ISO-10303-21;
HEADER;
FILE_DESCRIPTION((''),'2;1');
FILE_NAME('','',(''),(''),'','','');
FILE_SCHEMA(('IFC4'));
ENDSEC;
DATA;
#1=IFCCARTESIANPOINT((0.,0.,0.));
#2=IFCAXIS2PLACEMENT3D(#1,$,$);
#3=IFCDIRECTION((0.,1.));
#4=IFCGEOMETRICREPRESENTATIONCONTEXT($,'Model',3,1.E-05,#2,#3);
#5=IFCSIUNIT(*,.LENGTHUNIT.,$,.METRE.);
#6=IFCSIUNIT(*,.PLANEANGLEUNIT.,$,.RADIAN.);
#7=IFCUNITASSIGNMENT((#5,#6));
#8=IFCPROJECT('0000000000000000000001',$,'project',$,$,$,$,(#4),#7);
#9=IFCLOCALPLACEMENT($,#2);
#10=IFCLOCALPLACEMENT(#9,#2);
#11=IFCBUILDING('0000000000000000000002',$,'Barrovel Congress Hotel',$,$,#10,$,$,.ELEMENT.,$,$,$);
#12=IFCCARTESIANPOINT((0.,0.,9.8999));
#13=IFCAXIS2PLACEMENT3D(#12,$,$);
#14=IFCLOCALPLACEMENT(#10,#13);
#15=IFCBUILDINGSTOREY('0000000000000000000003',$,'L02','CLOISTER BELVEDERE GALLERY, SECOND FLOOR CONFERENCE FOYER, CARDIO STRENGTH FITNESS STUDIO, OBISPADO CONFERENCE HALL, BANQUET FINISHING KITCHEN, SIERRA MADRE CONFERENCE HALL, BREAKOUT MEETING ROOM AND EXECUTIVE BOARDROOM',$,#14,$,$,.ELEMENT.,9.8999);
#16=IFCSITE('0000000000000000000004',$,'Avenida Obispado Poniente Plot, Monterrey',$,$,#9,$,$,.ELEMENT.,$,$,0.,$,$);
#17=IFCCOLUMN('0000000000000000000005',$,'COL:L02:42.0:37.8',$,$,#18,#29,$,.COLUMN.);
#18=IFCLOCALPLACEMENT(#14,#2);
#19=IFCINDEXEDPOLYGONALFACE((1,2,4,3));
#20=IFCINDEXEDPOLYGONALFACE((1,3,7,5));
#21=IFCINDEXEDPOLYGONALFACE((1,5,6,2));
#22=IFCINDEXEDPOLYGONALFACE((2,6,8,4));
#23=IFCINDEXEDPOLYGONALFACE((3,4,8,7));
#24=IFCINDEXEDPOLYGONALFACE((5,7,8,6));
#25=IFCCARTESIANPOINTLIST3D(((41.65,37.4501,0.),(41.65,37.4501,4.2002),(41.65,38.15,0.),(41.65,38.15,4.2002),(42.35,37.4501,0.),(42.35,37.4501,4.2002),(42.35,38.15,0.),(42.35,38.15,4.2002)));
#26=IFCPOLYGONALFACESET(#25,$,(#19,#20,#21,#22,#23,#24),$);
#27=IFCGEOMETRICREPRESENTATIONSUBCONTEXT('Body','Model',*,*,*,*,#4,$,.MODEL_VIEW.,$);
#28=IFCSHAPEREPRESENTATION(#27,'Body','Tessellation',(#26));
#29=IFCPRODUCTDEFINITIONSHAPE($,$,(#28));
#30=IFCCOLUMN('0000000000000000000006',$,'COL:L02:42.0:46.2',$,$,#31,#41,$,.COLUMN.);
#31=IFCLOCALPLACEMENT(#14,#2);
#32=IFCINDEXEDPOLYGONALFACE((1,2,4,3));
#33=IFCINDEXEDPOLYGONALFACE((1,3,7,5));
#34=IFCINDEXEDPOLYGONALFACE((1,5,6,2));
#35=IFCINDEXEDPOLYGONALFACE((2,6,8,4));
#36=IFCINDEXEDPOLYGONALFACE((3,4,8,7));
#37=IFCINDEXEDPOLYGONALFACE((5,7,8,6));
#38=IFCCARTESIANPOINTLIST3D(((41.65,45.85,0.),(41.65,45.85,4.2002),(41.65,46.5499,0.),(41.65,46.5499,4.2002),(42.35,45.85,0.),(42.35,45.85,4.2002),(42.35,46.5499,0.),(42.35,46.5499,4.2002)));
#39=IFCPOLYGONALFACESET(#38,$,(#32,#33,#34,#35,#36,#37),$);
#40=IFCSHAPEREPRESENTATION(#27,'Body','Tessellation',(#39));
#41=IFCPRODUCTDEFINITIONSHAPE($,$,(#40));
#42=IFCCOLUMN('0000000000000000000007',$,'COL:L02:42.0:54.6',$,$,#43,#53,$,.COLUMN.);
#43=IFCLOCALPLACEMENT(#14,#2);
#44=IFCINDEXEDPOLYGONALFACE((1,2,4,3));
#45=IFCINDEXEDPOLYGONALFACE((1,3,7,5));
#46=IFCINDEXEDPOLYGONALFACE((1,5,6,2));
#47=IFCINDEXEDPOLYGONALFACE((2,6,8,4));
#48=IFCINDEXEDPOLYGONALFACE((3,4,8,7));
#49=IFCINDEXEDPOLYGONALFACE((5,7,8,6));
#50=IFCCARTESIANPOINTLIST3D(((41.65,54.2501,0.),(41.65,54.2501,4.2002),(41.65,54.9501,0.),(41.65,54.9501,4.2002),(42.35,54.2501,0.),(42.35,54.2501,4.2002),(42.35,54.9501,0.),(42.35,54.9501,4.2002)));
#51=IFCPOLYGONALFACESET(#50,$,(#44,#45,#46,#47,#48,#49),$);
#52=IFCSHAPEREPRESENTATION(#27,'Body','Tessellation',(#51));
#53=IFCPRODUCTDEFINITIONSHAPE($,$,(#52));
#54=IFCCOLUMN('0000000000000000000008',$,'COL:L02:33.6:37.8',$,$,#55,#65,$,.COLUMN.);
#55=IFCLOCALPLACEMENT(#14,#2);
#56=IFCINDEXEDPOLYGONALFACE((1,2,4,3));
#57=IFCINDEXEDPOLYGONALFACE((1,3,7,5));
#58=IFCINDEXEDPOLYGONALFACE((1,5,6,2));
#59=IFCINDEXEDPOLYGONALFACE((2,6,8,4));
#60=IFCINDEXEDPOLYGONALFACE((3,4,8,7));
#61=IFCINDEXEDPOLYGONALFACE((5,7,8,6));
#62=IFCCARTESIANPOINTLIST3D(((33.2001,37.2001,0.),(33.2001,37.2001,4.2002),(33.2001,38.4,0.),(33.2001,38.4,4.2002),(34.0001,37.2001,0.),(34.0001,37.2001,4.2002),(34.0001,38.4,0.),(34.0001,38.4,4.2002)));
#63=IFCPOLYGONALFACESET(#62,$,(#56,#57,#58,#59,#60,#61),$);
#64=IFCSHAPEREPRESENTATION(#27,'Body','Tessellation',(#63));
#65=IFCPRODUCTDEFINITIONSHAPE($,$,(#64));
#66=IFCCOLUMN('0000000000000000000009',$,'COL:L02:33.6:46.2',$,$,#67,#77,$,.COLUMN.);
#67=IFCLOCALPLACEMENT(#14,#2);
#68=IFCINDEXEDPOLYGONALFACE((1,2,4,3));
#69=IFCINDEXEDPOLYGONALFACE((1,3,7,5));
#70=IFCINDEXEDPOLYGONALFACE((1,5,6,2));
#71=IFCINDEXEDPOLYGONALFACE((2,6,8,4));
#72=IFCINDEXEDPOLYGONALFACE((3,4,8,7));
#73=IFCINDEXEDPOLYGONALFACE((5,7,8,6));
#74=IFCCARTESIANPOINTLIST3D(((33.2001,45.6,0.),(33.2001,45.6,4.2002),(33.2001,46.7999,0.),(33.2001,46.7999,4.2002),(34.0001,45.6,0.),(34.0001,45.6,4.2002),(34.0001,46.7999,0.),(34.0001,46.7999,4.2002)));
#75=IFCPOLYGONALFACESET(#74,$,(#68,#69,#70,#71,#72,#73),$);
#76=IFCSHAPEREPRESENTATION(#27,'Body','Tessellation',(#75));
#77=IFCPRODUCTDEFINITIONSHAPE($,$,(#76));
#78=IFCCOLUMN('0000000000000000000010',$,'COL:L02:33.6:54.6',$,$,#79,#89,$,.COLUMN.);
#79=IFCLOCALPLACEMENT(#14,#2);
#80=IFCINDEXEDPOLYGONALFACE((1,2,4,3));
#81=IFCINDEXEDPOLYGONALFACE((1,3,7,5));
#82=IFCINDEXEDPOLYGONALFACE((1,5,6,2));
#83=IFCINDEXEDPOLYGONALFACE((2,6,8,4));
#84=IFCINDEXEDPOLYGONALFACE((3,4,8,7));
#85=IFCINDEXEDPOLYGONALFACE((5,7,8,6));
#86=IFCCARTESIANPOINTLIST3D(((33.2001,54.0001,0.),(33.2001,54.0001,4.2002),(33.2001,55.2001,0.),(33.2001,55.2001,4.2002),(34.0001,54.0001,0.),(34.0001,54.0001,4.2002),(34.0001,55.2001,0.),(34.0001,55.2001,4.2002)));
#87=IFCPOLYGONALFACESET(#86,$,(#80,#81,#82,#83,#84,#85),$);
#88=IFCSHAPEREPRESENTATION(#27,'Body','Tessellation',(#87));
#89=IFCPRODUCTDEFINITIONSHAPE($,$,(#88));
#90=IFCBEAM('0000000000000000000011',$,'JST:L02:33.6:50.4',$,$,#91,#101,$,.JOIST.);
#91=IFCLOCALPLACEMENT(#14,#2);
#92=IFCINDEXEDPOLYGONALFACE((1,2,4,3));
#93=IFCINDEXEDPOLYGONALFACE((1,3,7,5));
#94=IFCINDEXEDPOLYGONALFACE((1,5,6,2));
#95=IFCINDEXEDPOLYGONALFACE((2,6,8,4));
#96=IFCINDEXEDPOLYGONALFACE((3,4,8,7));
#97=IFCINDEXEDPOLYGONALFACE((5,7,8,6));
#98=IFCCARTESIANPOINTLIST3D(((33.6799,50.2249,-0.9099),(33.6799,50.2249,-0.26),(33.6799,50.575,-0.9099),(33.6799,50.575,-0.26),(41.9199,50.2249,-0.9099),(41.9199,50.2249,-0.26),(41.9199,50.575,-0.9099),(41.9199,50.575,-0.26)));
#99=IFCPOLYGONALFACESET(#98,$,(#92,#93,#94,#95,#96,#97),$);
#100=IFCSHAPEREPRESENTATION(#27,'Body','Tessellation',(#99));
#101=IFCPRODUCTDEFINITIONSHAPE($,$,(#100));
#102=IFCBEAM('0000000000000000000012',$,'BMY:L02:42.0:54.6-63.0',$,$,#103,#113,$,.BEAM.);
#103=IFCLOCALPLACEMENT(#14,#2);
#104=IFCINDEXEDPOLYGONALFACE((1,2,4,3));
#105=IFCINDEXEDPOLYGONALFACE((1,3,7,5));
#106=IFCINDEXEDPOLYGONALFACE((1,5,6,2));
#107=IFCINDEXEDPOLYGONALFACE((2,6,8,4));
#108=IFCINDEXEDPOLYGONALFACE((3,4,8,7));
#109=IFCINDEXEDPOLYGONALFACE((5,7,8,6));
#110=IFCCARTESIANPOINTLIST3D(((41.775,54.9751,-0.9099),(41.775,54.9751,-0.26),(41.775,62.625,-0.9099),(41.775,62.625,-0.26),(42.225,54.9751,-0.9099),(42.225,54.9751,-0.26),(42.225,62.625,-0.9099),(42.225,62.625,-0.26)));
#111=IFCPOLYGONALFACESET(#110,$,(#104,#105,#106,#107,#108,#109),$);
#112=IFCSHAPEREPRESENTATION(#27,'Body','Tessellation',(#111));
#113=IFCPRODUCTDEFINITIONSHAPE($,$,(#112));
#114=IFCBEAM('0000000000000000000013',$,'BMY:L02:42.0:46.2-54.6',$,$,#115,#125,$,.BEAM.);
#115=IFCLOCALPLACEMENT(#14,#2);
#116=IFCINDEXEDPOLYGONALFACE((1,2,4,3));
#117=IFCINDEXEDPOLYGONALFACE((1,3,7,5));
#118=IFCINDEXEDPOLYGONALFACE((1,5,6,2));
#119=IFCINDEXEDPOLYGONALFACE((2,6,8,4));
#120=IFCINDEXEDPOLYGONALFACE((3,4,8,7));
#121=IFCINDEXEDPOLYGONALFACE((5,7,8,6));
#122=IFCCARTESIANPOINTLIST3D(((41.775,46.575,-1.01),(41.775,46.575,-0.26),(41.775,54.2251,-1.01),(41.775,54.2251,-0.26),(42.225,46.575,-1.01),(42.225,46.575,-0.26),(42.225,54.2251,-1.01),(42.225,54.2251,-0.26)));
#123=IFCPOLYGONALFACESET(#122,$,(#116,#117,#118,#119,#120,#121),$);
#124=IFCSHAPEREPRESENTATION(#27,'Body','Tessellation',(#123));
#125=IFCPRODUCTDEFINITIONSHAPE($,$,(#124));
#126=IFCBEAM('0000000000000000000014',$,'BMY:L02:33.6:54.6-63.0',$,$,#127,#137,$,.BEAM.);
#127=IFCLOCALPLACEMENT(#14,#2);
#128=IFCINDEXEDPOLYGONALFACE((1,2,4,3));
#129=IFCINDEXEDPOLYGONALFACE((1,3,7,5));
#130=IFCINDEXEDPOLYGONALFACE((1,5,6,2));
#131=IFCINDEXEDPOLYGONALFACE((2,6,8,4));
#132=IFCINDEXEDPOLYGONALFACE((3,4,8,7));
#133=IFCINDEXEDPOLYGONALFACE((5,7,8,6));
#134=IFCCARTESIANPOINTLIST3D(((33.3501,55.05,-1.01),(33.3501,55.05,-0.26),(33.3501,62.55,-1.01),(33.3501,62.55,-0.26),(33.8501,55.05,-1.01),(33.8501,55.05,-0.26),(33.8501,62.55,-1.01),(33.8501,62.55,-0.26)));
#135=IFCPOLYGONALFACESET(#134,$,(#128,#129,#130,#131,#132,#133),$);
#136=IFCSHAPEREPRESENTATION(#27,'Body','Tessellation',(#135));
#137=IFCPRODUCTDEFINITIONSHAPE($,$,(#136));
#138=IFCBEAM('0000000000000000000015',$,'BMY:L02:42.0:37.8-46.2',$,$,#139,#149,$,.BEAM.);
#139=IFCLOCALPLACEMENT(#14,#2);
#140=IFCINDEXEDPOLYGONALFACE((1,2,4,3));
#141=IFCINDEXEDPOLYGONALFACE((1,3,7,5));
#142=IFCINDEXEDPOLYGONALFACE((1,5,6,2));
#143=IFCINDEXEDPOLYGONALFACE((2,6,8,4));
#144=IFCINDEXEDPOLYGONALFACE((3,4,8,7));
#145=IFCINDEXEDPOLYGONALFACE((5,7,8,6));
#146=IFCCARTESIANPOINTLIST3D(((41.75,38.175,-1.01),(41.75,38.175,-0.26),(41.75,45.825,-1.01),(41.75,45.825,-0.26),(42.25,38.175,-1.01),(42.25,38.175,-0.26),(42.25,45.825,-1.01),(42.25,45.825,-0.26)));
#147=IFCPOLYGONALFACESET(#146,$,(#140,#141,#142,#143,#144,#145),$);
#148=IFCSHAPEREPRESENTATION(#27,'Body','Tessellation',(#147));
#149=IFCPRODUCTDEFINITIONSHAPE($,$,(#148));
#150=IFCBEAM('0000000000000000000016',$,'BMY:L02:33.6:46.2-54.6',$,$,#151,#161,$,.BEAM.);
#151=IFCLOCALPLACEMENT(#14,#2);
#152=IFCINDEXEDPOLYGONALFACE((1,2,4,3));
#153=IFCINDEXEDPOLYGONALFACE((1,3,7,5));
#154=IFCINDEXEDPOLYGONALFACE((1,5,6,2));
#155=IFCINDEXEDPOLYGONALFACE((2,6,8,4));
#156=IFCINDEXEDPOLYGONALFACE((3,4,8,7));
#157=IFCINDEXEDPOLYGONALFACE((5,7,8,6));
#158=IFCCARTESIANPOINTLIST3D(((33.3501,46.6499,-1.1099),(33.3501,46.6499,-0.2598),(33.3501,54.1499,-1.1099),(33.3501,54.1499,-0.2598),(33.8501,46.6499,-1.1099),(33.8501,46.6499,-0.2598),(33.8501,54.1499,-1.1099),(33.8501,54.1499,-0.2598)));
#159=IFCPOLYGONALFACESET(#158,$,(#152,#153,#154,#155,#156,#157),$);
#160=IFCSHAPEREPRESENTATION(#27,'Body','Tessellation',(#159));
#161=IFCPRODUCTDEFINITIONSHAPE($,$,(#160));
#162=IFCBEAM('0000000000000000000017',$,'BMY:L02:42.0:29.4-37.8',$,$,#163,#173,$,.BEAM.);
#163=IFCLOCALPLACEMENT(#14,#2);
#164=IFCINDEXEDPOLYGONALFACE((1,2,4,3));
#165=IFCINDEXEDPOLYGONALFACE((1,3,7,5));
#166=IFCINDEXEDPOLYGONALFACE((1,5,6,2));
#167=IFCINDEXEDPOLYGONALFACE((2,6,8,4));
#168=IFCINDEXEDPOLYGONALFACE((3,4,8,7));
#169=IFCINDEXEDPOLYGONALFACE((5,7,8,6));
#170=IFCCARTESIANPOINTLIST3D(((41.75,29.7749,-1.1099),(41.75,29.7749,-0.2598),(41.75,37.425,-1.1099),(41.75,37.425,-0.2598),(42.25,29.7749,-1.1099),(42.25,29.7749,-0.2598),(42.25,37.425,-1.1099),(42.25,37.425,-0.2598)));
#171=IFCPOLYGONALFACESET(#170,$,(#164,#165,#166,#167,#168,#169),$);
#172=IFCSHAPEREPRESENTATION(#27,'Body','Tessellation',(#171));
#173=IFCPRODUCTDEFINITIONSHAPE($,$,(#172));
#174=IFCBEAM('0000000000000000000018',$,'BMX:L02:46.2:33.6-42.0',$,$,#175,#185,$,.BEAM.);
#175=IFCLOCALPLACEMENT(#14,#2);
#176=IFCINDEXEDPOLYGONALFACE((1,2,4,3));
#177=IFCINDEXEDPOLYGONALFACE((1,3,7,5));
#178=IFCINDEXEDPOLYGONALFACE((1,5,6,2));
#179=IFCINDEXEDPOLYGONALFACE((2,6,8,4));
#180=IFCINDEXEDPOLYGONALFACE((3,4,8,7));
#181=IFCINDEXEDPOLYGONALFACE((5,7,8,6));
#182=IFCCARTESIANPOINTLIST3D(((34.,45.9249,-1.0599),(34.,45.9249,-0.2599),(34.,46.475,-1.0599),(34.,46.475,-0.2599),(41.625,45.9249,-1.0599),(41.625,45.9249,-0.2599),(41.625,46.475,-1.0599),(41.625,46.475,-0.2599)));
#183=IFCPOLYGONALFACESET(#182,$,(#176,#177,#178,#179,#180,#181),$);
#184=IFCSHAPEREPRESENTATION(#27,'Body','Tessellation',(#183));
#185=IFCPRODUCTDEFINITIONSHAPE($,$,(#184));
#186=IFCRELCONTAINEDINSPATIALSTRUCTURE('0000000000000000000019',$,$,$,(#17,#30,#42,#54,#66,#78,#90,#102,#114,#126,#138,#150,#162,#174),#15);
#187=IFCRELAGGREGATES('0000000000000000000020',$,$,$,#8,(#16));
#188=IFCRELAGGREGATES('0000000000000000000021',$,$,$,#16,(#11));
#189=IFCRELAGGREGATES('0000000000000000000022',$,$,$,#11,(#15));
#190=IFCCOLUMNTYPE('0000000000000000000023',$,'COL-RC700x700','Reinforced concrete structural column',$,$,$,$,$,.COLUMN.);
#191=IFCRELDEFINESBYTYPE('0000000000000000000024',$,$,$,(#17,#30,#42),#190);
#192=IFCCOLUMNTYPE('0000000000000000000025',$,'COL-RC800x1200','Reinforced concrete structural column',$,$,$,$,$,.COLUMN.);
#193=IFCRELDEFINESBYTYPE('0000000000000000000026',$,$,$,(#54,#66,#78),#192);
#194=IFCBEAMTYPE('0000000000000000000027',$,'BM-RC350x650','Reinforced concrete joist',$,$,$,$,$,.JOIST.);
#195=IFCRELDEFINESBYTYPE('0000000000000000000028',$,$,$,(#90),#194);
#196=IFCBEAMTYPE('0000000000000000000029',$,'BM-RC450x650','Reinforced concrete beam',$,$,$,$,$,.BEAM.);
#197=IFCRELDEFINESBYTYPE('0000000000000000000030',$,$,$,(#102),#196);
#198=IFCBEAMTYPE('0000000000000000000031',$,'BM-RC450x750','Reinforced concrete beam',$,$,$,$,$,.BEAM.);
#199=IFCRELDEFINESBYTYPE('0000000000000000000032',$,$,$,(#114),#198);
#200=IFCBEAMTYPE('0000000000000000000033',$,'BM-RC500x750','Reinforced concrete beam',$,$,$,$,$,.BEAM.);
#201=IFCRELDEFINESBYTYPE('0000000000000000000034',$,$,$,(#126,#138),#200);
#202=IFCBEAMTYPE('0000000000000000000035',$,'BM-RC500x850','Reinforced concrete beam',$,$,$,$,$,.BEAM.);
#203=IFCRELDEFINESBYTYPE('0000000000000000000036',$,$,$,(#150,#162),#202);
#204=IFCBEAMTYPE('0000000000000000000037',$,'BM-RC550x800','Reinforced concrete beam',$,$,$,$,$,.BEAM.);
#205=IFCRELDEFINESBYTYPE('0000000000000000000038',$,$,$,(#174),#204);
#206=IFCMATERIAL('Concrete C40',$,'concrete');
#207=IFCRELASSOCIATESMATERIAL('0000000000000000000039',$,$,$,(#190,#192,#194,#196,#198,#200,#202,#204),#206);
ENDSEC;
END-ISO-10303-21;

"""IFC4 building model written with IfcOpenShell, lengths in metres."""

from ifc_helpers import new_model, si_unit, direction, frame, origin, origin_2d, place, context, subcontext, project, spatial, rectangle, extrude, material, material_profile, profile_set, type_object, element, save


model = new_model("IFC4")

# Units and contexts
model_context = context("Model", 3, precision=1e-05, world=origin(), true_north=direction((0.0, 1.0)))
body_context = subcontext(model_context, "Body", "Model", "MODEL_VIEW")
ifc_project = project(units=[si_unit("LENGTHUNIT", "METRE"), si_unit("PLANEANGLEUNIT", "RADIAN")], contexts=[model_context])

# Site, building, storey
site_placement = place(None, origin())
site = spatial("IfcSite", under=ifc_project, at=site_placement, Name="Avenida Obispado Poniente Plot, Monterrey", CompositionType="ELEMENT", RefElevation=0.0)
building_placement = place(site_placement, origin())
building = spatial("IfcBuilding", under=site, at=building_placement, Name="Barrovel Congress Hotel", CompositionType="ELEMENT")
storey_placement = place(building_placement, frame((0.0, 0.0, 9.8999)))
storey = spatial("IfcBuildingStorey", under=building, at=storey_placement, Name="L02", Description="CLOISTER BELVEDERE GALLERY, SECOND FLOOR CONFERENCE FOYER, CARDIO STRENGTH FITNESS STUDIO, OBISPADO CONFERENCE HALL, BANQUET FINISHING KITCHEN, SIERRA MADRE CONFERENCE HALL, BREAKOUT MEETING ROOM AND EXECUTIVE BOARDROOM", CompositionType="ELEMENT", Elevation=9.8999)

# Columns
ifc_material_1 = material(Name="Concrete C40", Category="concrete")
ifc_material_profile_1 = material_profile(ifc_material_1, rectangle(XDim=0.7, YDim=0.7, at=origin_2d()), Name="RC700x700")
ifc_profile_set_1 = profile_set([ifc_material_profile_1], Name="Concrete C40")
column_type_1 = type_object("IfcColumnType", Name="COL-RC700x700", Description="Reinforced concrete structural column", PredefinedType="COLUMN", material=ifc_profile_set_1)
for number, where, z_axis, x_axis, name in (
    (1, (42.0, 37.8, 0.0), (0.0, 0.0, 1.0), (1.0, 0.0, 0.0), "COL:L02:42.0:37.8"),
    (2, (42.0, 46.2, 0.0), (0.0, 0.0, 1.0), (1.0, 0.0, 0.0), "COL:L02:42.0:46.2"),
    (3, (42.0, 54.6001, 0.0), (0.0, 0.0, 1.0), (1.0, 0.0, 0.0), "COL:L02:42.0:54.6"),
):
    element("IfcColumn", number, at=place(storey_placement, frame(where, z_axis=z_axis, x_axis=x_axis)), inside=storey, type_object=column_type_1, Name=name, PredefinedType="COLUMN", context=body_context, shape_type="SweptSolid", body=[
        extrude(rectangle(XDim=0.7, YDim=0.7, at=origin_2d()), origin(), (0.0, 0.0, 1.0), 4.2002),
    ])
ifc_material_profile_2 = material_profile(ifc_material_1, rectangle(XDim=0.8, YDim=1.2, at=origin_2d()), Name="RC800x1200")
ifc_profile_set_2 = profile_set([ifc_material_profile_2], Name="Concrete C40")
column_type_2 = type_object("IfcColumnType", Name="COL-RC800x1200", Description="Reinforced concrete structural column", PredefinedType="COLUMN", material=ifc_profile_set_2)
for number, where, z_axis, x_axis, name in (
    (4, (33.6001, 37.8, 0.0), (0.0, 0.0, 1.0), (1.0, 0.0, 0.0), "COL:L02:33.6:37.8"),
    (5, (33.6001, 46.2, 0.0), (0.0, 0.0, 1.0), (1.0, 0.0, 0.0), "COL:L02:33.6:46.2"),
    (6, (33.6001, 54.6001, 0.0), (0.0, 0.0, 1.0), (1.0, 0.0, 0.0), "COL:L02:33.6:54.6"),
):
    element("IfcColumn", number, at=place(storey_placement, frame(where, z_axis=z_axis, x_axis=x_axis)), inside=storey, type_object=column_type_2, Name=name, PredefinedType="COLUMN", context=body_context, shape_type="SweptSolid", body=[
        extrude(rectangle(XDim=0.8, YDim=1.2, at=origin_2d()), origin(), (0.0, 0.0, 1.0), 4.2002),
    ])

# Beams
ifc_material_profile_3 = material_profile(ifc_material_1, rectangle(XDim=0.3501, YDim=0.6499, at=origin_2d()), Name="RC350x650")
ifc_profile_set_3 = profile_set([ifc_material_profile_3], Name="Concrete C40")
beam_type_1 = type_object("IfcBeamType", Name="BM-RC350x650", Description="Reinforced concrete joist", PredefinedType="JOIST", material=ifc_profile_set_3)
beam_1_placement = place(storey_placement, frame((33.6799, 50.3999, -0.585), z_axis=(1.0, 0.0, 0.0), x_axis=(0.0, 1.0, 0.0)))
element("IfcBeam", 7, at=beam_1_placement, inside=storey, type_object=beam_type_1, Name="JST:L02:33.6:50.4", PredefinedType="JOIST", context=body_context, shape_type="SweptSolid", body=[
    extrude(rectangle(XDim=0.3501, YDim=0.6499, at=origin_2d()), origin(), (0.0, 0.0, 1.0), 8.24),
])
ifc_material_profile_4 = material_profile(ifc_material_1, rectangle(XDim=0.45, YDim=0.6499, at=origin_2d()), Name="RC450x650")
ifc_profile_set_4 = profile_set([ifc_material_profile_4], Name="Concrete C40")
beam_type_2 = type_object("IfcBeamType", Name="BM-RC450x650", Description="Reinforced concrete beam", PredefinedType="BEAM", material=ifc_profile_set_4)
beam_2_placement = place(storey_placement, frame((42.0, 54.9751, -0.585), z_axis=(0.0, 1.0, 0.0), x_axis=(-1.0, 0.0, 0.0)))
element("IfcBeam", 8, at=beam_2_placement, inside=storey, type_object=beam_type_2, Name="BMY:L02:42.0:54.6-63.0", PredefinedType="BEAM", context=body_context, shape_type="SweptSolid", body=[
    extrude(rectangle(XDim=0.45, YDim=0.6499, at=origin_2d()), origin(), (0.0, 0.0, 1.0), 7.6499),
])
ifc_material_profile_5 = material_profile(ifc_material_1, rectangle(XDim=0.45, YDim=0.75, at=origin_2d()), Name="RC450x750")
ifc_profile_set_5 = profile_set([ifc_material_profile_5], Name="Concrete C40")
beam_type_3 = type_object("IfcBeamType", Name="BM-RC450x750", Description="Reinforced concrete beam", PredefinedType="BEAM", material=ifc_profile_set_5)
beam_3_placement = place(storey_placement, frame((42.0, 46.575, -0.635), z_axis=(0.0, 1.0, 0.0), x_axis=(-1.0, 0.0, 0.0)))
element("IfcBeam", 9, at=beam_3_placement, inside=storey, type_object=beam_type_3, Name="BMY:L02:42.0:46.2-54.6", PredefinedType="BEAM", context=body_context, shape_type="SweptSolid", body=[
    extrude(rectangle(XDim=0.45, YDim=0.75, at=origin_2d()), origin(), (0.0, 0.0, 1.0), 7.6501),
])
ifc_material_profile_6 = material_profile(ifc_material_1, rectangle(XDim=0.5, YDim=0.75, at=origin_2d()), Name="RC500x750")
ifc_profile_set_6 = profile_set([ifc_material_profile_6], Name="Concrete C40")
beam_type_4 = type_object("IfcBeamType", Name="BM-RC500x750", Description="Reinforced concrete beam", PredefinedType="BEAM", material=ifc_profile_set_6)
beam_4_placement = place(storey_placement, frame((33.6001, 55.05, -0.635), z_axis=(0.0, 1.0, 0.0), x_axis=(-1.0, 0.0, 0.0)))
element("IfcBeam", 10, at=beam_4_placement, inside=storey, type_object=beam_type_4, Name="BMY:L02:33.6:54.6-63.0", PredefinedType="BEAM", context=body_context, shape_type="SweptSolid", body=[
    extrude(rectangle(XDim=0.5, YDim=0.75, at=origin_2d()), origin(), (0.0, 0.0, 1.0), 7.5),
])
beam_5_placement = place(storey_placement, frame((42.0, 38.175, -0.635), z_axis=(0.0, 1.0, 0.0), x_axis=(-1.0, 0.0, 0.0)))
element("IfcBeam", 11, at=beam_5_placement, inside=storey, type_object=beam_type_4, Name="BMY:L02:42.0:37.8-46.2", PredefinedType="BEAM", context=body_context, shape_type="SweptSolid", body=[
    extrude(rectangle(XDim=0.5, YDim=0.75, at=origin_2d()), origin(), (0.0, 0.0, 1.0), 7.6499),
])
ifc_material_profile_7 = material_profile(ifc_material_1, rectangle(XDim=0.5, YDim=0.8501, at=origin_2d()), Name="RC500x850")
ifc_profile_set_7 = profile_set([ifc_material_profile_7], Name="Concrete C40")
beam_type_5 = type_object("IfcBeamType", Name="BM-RC500x850", Description="Reinforced concrete beam", PredefinedType="BEAM", material=ifc_profile_set_7)
beam_6_placement = place(storey_placement, frame((33.6001, 46.6499, -0.6848), z_axis=(0.0, 1.0, 0.0), x_axis=(-1.0, 0.0, 0.0)))
element("IfcBeam", 12, at=beam_6_placement, inside=storey, type_object=beam_type_5, Name="BMY:L02:33.6:46.2-54.6", PredefinedType="BEAM", context=body_context, shape_type="SweptSolid", body=[
    extrude(rectangle(XDim=0.5, YDim=0.8501, at=origin_2d()), origin(), (0.0, 0.0, 1.0), 7.5),
])
beam_7_placement = place(storey_placement, frame((42.0, 29.7749, -0.6848), z_axis=(0.0, 1.0, 0.0), x_axis=(-1.0, 0.0, 0.0)))
element("IfcBeam", 13, at=beam_7_placement, inside=storey, type_object=beam_type_5, Name="BMY:L02:42.0:29.4-37.8", PredefinedType="BEAM", context=body_context, shape_type="SweptSolid", body=[
    extrude(rectangle(XDim=0.5, YDim=0.8501, at=origin_2d()), origin(), (0.0, 0.0, 1.0), 7.6501),
])
ifc_material_profile_8 = material_profile(ifc_material_1, rectangle(XDim=0.55, YDim=0.8, at=origin_2d()), Name="RC550x800")
ifc_profile_set_8 = profile_set([ifc_material_profile_8], Name="Concrete C40")
beam_type_6 = type_object("IfcBeamType", Name="BM-RC550x800", Description="Reinforced concrete beam", PredefinedType="BEAM", material=ifc_profile_set_8)
beam_8_placement = place(storey_placement, frame((34.0, 46.2, -0.6599), z_axis=(1.0, 0.0, 0.0), x_axis=(0.0, 1.0, 0.0)))
element("IfcBeam", 14, at=beam_8_placement, inside=storey, type_object=beam_type_6, Name="BMX:L02:46.2:33.6-42.0", PredefinedType="BEAM", context=body_context, shape_type="SweptSolid", body=[
    extrude(rectangle(XDim=0.55, YDim=0.8, at=origin_2d()), origin(), (0.0, 0.0, 1.0), 7.625),
])

save(model, "model.ifc")
